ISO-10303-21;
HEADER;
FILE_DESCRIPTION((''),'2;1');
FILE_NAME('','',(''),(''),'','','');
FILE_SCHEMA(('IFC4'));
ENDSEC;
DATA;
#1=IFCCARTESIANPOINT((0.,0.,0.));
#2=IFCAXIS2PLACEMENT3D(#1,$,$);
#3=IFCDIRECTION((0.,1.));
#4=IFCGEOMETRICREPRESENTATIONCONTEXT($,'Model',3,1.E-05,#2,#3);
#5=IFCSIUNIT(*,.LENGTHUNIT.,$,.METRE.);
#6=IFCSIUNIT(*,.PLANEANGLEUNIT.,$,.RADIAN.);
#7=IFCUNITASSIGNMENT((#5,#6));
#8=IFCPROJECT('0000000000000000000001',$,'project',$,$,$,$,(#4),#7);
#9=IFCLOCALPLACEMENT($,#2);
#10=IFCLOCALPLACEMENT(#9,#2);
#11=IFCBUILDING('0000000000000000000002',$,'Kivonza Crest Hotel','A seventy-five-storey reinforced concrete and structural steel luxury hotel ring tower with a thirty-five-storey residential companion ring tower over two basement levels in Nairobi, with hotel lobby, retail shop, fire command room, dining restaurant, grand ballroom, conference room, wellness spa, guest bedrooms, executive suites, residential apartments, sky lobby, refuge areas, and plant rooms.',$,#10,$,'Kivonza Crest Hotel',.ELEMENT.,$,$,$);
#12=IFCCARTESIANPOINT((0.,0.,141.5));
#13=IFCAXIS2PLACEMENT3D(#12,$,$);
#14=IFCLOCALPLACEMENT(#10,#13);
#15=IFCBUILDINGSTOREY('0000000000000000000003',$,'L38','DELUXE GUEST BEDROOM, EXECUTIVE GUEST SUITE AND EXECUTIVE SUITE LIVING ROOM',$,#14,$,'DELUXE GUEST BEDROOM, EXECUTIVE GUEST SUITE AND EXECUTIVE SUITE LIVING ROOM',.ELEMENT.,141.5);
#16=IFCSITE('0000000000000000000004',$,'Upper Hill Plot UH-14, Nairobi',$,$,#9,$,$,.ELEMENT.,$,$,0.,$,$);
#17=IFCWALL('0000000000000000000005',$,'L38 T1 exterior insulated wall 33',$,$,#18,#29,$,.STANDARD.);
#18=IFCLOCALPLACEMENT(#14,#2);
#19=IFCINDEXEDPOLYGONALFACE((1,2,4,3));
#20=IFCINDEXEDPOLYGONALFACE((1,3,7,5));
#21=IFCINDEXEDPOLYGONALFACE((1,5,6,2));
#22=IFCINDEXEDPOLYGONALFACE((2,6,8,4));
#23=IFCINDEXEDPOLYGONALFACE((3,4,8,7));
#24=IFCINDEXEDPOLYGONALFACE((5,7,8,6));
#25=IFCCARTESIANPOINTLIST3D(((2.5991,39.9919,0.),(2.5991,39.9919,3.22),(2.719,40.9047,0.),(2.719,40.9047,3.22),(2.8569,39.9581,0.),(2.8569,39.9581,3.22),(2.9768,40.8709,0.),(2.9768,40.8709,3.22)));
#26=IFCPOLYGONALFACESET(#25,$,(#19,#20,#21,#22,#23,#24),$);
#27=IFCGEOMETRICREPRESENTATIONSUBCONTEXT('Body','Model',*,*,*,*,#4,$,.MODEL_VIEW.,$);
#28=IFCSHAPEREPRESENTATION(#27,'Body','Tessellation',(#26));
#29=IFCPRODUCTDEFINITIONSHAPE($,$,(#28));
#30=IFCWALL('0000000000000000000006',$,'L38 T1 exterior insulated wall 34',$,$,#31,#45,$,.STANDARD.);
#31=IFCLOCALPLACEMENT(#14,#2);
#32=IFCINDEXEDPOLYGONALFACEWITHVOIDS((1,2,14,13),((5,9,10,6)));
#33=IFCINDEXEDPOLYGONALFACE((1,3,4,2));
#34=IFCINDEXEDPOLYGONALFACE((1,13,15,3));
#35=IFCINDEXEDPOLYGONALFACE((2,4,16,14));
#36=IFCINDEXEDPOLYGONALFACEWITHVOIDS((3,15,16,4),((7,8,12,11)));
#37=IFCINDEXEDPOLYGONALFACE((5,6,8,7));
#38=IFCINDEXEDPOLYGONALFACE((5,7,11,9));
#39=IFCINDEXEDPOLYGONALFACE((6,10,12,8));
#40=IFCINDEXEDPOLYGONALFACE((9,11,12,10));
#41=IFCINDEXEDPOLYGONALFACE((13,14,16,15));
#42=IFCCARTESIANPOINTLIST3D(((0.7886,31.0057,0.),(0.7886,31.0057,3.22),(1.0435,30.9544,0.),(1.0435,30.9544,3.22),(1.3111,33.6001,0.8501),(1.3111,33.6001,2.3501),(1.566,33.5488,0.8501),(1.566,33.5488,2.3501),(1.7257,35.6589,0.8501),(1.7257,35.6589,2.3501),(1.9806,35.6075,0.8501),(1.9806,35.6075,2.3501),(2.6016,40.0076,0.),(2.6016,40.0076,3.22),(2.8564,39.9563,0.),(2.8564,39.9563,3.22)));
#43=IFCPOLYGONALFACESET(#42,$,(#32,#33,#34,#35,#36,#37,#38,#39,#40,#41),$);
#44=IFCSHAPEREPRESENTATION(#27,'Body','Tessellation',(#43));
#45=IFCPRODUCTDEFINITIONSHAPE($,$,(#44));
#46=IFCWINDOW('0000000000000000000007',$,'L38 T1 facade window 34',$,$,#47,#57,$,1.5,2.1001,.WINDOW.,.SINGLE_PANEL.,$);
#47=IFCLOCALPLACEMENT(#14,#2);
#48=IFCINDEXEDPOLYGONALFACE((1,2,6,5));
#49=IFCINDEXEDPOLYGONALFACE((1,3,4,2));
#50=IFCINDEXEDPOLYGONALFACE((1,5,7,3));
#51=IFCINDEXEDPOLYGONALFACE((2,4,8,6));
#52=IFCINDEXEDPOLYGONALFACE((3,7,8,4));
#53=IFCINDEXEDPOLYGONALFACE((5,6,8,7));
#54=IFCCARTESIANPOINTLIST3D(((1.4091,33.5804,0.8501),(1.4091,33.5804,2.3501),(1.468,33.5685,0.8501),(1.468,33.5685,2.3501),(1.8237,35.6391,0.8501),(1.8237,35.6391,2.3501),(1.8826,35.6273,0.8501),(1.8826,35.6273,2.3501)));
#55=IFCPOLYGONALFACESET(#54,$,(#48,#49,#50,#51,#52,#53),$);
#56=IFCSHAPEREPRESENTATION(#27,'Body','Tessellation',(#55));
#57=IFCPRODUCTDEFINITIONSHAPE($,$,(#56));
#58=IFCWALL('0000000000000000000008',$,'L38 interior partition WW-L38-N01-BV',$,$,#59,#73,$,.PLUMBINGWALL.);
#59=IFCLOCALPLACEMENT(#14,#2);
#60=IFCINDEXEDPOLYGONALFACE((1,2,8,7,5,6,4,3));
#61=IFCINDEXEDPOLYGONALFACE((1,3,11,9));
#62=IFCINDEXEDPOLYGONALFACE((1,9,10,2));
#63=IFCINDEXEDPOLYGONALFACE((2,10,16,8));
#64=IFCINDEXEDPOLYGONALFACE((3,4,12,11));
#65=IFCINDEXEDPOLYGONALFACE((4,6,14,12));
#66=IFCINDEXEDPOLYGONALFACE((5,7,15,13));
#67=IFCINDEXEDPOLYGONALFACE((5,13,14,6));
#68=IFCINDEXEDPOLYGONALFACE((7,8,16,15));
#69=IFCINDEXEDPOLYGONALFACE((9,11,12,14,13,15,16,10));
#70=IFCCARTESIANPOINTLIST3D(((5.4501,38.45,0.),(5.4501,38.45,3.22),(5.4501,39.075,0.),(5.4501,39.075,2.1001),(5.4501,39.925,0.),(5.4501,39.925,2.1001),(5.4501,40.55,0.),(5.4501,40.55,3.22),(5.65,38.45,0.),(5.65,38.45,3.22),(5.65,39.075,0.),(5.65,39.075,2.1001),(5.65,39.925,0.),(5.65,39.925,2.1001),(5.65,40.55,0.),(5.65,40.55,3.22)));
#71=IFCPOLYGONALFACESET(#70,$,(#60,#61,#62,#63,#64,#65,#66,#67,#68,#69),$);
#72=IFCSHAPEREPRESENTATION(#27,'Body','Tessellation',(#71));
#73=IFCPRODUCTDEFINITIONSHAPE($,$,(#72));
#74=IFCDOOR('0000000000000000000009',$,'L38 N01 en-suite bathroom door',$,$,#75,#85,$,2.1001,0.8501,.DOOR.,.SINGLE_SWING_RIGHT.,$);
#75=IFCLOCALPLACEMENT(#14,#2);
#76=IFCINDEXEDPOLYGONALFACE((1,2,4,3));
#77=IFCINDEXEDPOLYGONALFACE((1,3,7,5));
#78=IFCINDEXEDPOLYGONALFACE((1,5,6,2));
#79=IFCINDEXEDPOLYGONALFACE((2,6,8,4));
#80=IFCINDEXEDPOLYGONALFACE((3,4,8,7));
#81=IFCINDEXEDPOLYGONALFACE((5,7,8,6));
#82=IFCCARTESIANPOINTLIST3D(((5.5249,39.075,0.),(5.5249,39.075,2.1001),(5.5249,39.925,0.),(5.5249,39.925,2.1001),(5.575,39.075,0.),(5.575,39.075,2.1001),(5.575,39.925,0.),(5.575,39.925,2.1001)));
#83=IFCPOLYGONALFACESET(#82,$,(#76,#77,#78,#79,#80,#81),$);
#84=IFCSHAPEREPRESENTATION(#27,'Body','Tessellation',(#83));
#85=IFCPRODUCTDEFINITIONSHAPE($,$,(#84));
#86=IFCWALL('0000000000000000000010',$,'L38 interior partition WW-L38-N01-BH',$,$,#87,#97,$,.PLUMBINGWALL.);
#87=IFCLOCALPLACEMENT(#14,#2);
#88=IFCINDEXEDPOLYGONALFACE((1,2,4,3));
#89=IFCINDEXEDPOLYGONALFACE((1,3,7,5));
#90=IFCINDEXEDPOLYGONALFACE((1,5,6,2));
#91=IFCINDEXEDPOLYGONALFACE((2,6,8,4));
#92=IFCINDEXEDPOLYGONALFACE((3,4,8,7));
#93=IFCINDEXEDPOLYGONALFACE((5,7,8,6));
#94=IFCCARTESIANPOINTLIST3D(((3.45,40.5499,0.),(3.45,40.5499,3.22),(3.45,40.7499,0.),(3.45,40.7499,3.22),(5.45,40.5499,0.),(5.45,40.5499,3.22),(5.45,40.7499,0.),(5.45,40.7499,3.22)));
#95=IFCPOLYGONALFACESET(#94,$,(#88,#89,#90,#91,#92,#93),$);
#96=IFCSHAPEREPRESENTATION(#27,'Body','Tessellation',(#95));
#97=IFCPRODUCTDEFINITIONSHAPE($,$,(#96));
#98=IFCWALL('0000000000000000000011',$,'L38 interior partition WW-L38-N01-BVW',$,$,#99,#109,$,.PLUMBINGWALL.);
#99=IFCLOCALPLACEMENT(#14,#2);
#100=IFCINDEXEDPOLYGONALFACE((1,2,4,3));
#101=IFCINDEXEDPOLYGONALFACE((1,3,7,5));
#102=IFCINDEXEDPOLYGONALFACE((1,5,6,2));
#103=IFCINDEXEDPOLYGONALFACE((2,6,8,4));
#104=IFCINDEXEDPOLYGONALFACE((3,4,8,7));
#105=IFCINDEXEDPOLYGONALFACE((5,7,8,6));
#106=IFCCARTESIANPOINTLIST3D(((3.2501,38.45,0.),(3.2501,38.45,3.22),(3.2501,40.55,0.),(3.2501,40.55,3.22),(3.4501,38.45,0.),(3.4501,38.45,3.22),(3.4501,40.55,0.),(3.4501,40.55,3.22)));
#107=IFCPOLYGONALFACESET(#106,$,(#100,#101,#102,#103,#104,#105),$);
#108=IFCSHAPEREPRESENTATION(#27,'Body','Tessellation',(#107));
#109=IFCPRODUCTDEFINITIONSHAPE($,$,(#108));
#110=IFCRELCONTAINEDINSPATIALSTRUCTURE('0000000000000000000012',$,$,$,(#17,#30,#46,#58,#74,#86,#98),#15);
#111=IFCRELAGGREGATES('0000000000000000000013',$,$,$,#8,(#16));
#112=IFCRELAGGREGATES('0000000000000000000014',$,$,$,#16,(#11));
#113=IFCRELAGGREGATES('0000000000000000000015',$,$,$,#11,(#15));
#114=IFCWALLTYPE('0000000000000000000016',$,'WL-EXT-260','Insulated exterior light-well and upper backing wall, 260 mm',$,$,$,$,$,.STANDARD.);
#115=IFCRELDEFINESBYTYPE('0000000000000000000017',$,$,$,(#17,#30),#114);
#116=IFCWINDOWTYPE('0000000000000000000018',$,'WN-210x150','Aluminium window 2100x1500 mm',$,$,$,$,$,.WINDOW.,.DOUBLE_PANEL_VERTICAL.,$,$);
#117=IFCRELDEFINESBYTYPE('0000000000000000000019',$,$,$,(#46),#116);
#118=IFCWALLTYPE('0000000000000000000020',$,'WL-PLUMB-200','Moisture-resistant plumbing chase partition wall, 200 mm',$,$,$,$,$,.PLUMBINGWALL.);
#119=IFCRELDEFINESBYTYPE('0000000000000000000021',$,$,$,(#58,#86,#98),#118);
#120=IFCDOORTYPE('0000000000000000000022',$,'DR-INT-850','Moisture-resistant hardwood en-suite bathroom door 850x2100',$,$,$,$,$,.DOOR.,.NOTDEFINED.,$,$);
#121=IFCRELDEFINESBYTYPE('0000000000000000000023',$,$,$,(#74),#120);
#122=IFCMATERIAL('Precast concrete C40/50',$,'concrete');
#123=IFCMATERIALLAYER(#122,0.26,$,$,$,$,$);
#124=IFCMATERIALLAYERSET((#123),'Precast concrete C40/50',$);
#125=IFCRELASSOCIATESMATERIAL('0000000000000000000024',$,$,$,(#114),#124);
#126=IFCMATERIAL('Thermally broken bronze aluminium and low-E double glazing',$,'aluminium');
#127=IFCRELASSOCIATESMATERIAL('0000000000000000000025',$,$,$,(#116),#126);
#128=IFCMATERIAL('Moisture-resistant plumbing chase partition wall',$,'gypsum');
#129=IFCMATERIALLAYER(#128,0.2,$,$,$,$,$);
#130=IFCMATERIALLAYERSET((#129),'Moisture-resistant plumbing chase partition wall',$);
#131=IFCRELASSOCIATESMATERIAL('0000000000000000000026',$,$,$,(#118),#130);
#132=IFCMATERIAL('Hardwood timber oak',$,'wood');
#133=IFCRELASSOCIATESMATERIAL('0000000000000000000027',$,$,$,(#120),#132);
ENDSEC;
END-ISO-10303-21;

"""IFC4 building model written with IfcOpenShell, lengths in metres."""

from ifc_helpers import new_model, si_unit, direction, frame, frame_2d, origin, place, context, subcontext, project, spatial, rectangle, extrude, material, layer, layer_set, type_object, element, fill, save


model = new_model("IFC4")

# Units and contexts
model_context = context("Model", 3, precision=1e-05, world=origin(), true_north=direction((0.0, 1.0)))
body_context = subcontext(model_context, "Body", "Model", "MODEL_VIEW")
ifc_project = project(units=[si_unit("LENGTHUNIT", "METRE"), si_unit("PLANEANGLEUNIT", "RADIAN")], contexts=[model_context])

# Site, building, storey
site_placement = place(None, origin())
site = spatial("IfcSite", under=ifc_project, at=site_placement, Name="Upper Hill Plot UH-14, Nairobi", CompositionType="ELEMENT", RefElevation=0.0)
building_placement = place(site_placement, origin())
building = spatial("IfcBuilding", under=site, at=building_placement, Name="Kivonza Crest Hotel", Description="A seventy-five-storey reinforced concrete and structural steel luxury hotel ring tower with a thirty-five-storey residential companion ring tower over two basement levels in Nairobi, with hotel lobby, retail shop, fire command room, dining restaurant, grand ballroom, conference room, wellness spa, guest bedrooms, executive suites, residential apartments, sky lobby, refuge areas, and plant rooms.", LongName="Kivonza Crest Hotel", CompositionType="ELEMENT")
storey_placement = place(building_placement, frame((0.0, 0.0, 141.5)))
storey = spatial("IfcBuildingStorey", under=building, at=storey_placement, Name="L38", Description="DELUXE GUEST BEDROOM, EXECUTIVE GUEST SUITE AND EXECUTIVE SUITE LIVING ROOM", LongName="DELUXE GUEST BEDROOM, EXECUTIVE GUEST SUITE AND EXECUTIVE SUITE LIVING ROOM", CompositionType="ELEMENT", Elevation=141.5)

# Shared definitions
ifc_material_1 = material(Name="Hardwood timber oak", Category="wood")

# Wall
ifc_material_2 = material(Name="Precast concrete C40/50", Category="concrete")
ifc_layer_1 = layer(ifc_material_2, 0.26)
ifc_layer_set_1 = layer_set([ifc_layer_1], Name="Precast concrete C40/50")
wall_type_1 = type_object("IfcWallType", Name="WL-EXT-260", Description="Insulated exterior light-well and upper backing wall, 260 mm", PredefinedType="STANDARD", material=ifc_layer_set_1)
wall_1_placement = place(storey_placement, frame((2.8479, 40.8879, 0.0), z_axis=(0.0, 0.0, 1.0), x_axis=(-0.130201, -0.991488, 0.0)))
element("IfcWall", 1, at=wall_1_placement, inside=storey, type_object=wall_type_1, Name="L38 T1 exterior insulated wall 33", PredefinedType="STANDARD", context=body_context, shape_type="SweptSolid", body=[
    extrude(rectangle(XDim=0.9207, YDim=0.26, at=frame_2d((0.4604, 0.0))), origin(), (0.0, 0.0, 1.0), 3.22),
])

# Wall, opening, window
wall_2_placement = place(storey_placement, frame((2.729, 39.9819, 0.0), z_axis=(0.0, 0.0, 1.0), x_axis=(-0.197435, -0.980316, 0.0)))
wall_2 = element("IfcWall", 2, at=wall_2_placement, inside=storey, type_object=wall_type_1, Name="L38 T1 exterior insulated wall 34", PredefinedType="STANDARD", context=body_context, shape_type="SweptSolid", body=[
    extrude(rectangle(XDim=9.1826, YDim=0.26, at=frame_2d((4.5913, 0.0))), origin(), (0.0, 0.0, 1.0), 3.22),
])
opening_1_placement = place(wall_2_placement, frame((4.436, 0.0, 0.8501)))
opening_1 = element("IfcOpeningElement", 3, at=opening_1_placement, cuts=wall_2, PredefinedType="OPENING", context=body_context, shape_type="SweptSolid", body=[
    extrude(rectangle(XDim=2.1001, YDim=1.5, at=frame_2d((1.05, 0.75))), frame((0.0, 0.1401, 0.0), z_axis=(0.0, -1.0, 0.0), x_axis=(1.0, 0.0, 0.0)), (0.0, 0.0, 1.0), 0.28),
])
ifc_material_3 = material(Name="Thermally broken bronze aluminium and low-E double glazing", Category="aluminium")
window_type = type_object("IfcWindowType", Name="WN-210x150", Description="Aluminium window 2100x1500 mm", PartitioningType="DOUBLE_PANEL_VERTICAL", PredefinedType="WINDOW", material=ifc_material_3)
window_placement = place(opening_1_placement, origin())
window = element("IfcWindow", 4, at=window_placement, inside=storey, type_object=window_type, Name="L38 T1 facade window 34", OverallHeight=1.5, OverallWidth=2.1001, PartitioningType="SINGLE_PANEL", PredefinedType="WINDOW", context=body_context, shape_type="SweptSolid", body=[
    extrude(rectangle(XDim=2.1001, YDim=1.5, at=frame_2d((1.05, 0.75))), frame((0.0, 0.03, 0.0), z_axis=(0.0, -1.0, 0.0), x_axis=(1.0, 0.0, 0.0)), (0.0, 0.0, 1.0), 0.0601),
])
fill(opening_1, window)

# Wall, opening, door
ifc_material_4 = material(Name="Moisture-resistant plumbing chase partition wall", Category="gypsum")
ifc_layer_2 = layer(ifc_material_4, 0.2)
ifc_layer_set_2 = layer_set([ifc_layer_2], Name="Moisture-resistant plumbing chase partition wall")
wall_type_2 = type_object("IfcWallType", Name="WL-PLUMB-200", Description="Moisture-resistant plumbing chase partition wall, 200 mm", PredefinedType="PLUMBINGWALL", material=ifc_layer_set_2)
wall_3_placement = place(storey_placement, frame((5.55, 38.45, 0.0), z_axis=(0.0, 0.0, 1.0), x_axis=(0.0, 1.0, 0.0)))
wall_3 = element("IfcWall", 5, at=wall_3_placement, inside=storey, type_object=wall_type_2, Name="L38 interior partition WW-L38-N01-BV", PredefinedType="PLUMBINGWALL", context=body_context, shape_type="SweptSolid", body=[
    extrude(rectangle(XDim=2.1001, YDim=0.2, at=frame_2d((1.05, 0.0))), origin(), (0.0, 0.0, 1.0), 3.22),
])
opening_2_placement = place(wall_3_placement, frame((0.625, 0.0, 0.0)))
opening_2 = element("IfcOpeningElement", 6, at=opening_2_placement, cuts=wall_3, PredefinedType="OPENING", context=body_context, shape_type="SweptSolid", body=[
    extrude(rectangle(XDim=0.8501, YDim=2.1001, at=frame_2d((0.425, 1.05))), frame((0.0, 0.1099, 0.0), z_axis=(0.0, -1.0, 0.0), x_axis=(1.0, 0.0, 0.0)), (0.0, 0.0, 1.0), 0.22),
])
door_type_1 = type_object("IfcDoorType", Name="DR-INT-850", Description="Moisture-resistant hardwood en-suite bathroom door 850x2100", OperationType="NOTDEFINED", PredefinedType="DOOR", material=ifc_material_1)
door_1_placement = place(opening_2_placement, frame((0.8501, 0.0, 0.0), z_axis=(0.0, 0.0, 1.0), x_axis=(-1.0, 0.0, 0.0)))
door_1 = element("IfcDoor", 7, at=door_1_placement, inside=storey, type_object=door_type_1, Name="L38 N01 en-suite bathroom door", OperationType="SINGLE_SWING_RIGHT", OverallHeight=2.1001, OverallWidth=0.8501, PredefinedType="DOOR", context=body_context, shape_type="SweptSolid", body=[
    extrude(rectangle(XDim=0.8501, YDim=2.1001, at=frame_2d((0.425, 1.05))), frame((0.0, 0.0249, 0.0), z_axis=(0.0, -1.0, 0.0), x_axis=(1.0, 0.0, 0.0)), (0.0, 0.0, 1.0), 0.05),
])
fill(opening_2, door_1)

# Walls
wall_4_placement = place(storey_placement, frame((3.45, 40.6499, 0.0), z_axis=(0.0, 0.0, 1.0), x_axis=(1.0, 0.0, 0.0)))
element("IfcWall", 8, at=wall_4_placement, inside=storey, type_object=wall_type_2, Name="L38 interior partition WW-L38-N01-BH", PredefinedType="PLUMBINGWALL", context=body_context, shape_type="SweptSolid", body=[
    extrude(rectangle(XDim=2.0, YDim=0.2, at=frame_2d((1.0, 0.0))), origin(), (0.0, 0.0, 1.0), 3.22),
])
wall_5_placement = place(storey_placement, frame((3.3501, 38.45, 0.0), z_axis=(0.0, 0.0, 1.0), x_axis=(0.0, 1.0, 0.0)))
element("IfcWall", 9, at=wall_5_placement, inside=storey, type_object=wall_type_2, Name="L38 interior partition WW-L38-N01-BVW", PredefinedType="PLUMBINGWALL", context=body_context, shape_type="SweptSolid", body=[
    extrude(rectangle(XDim=2.1001, YDim=0.2, at=frame_2d((1.05, 0.0))), origin(), (0.0, 0.0, 1.0), 3.22),
])

save(model, "model.ifc")
